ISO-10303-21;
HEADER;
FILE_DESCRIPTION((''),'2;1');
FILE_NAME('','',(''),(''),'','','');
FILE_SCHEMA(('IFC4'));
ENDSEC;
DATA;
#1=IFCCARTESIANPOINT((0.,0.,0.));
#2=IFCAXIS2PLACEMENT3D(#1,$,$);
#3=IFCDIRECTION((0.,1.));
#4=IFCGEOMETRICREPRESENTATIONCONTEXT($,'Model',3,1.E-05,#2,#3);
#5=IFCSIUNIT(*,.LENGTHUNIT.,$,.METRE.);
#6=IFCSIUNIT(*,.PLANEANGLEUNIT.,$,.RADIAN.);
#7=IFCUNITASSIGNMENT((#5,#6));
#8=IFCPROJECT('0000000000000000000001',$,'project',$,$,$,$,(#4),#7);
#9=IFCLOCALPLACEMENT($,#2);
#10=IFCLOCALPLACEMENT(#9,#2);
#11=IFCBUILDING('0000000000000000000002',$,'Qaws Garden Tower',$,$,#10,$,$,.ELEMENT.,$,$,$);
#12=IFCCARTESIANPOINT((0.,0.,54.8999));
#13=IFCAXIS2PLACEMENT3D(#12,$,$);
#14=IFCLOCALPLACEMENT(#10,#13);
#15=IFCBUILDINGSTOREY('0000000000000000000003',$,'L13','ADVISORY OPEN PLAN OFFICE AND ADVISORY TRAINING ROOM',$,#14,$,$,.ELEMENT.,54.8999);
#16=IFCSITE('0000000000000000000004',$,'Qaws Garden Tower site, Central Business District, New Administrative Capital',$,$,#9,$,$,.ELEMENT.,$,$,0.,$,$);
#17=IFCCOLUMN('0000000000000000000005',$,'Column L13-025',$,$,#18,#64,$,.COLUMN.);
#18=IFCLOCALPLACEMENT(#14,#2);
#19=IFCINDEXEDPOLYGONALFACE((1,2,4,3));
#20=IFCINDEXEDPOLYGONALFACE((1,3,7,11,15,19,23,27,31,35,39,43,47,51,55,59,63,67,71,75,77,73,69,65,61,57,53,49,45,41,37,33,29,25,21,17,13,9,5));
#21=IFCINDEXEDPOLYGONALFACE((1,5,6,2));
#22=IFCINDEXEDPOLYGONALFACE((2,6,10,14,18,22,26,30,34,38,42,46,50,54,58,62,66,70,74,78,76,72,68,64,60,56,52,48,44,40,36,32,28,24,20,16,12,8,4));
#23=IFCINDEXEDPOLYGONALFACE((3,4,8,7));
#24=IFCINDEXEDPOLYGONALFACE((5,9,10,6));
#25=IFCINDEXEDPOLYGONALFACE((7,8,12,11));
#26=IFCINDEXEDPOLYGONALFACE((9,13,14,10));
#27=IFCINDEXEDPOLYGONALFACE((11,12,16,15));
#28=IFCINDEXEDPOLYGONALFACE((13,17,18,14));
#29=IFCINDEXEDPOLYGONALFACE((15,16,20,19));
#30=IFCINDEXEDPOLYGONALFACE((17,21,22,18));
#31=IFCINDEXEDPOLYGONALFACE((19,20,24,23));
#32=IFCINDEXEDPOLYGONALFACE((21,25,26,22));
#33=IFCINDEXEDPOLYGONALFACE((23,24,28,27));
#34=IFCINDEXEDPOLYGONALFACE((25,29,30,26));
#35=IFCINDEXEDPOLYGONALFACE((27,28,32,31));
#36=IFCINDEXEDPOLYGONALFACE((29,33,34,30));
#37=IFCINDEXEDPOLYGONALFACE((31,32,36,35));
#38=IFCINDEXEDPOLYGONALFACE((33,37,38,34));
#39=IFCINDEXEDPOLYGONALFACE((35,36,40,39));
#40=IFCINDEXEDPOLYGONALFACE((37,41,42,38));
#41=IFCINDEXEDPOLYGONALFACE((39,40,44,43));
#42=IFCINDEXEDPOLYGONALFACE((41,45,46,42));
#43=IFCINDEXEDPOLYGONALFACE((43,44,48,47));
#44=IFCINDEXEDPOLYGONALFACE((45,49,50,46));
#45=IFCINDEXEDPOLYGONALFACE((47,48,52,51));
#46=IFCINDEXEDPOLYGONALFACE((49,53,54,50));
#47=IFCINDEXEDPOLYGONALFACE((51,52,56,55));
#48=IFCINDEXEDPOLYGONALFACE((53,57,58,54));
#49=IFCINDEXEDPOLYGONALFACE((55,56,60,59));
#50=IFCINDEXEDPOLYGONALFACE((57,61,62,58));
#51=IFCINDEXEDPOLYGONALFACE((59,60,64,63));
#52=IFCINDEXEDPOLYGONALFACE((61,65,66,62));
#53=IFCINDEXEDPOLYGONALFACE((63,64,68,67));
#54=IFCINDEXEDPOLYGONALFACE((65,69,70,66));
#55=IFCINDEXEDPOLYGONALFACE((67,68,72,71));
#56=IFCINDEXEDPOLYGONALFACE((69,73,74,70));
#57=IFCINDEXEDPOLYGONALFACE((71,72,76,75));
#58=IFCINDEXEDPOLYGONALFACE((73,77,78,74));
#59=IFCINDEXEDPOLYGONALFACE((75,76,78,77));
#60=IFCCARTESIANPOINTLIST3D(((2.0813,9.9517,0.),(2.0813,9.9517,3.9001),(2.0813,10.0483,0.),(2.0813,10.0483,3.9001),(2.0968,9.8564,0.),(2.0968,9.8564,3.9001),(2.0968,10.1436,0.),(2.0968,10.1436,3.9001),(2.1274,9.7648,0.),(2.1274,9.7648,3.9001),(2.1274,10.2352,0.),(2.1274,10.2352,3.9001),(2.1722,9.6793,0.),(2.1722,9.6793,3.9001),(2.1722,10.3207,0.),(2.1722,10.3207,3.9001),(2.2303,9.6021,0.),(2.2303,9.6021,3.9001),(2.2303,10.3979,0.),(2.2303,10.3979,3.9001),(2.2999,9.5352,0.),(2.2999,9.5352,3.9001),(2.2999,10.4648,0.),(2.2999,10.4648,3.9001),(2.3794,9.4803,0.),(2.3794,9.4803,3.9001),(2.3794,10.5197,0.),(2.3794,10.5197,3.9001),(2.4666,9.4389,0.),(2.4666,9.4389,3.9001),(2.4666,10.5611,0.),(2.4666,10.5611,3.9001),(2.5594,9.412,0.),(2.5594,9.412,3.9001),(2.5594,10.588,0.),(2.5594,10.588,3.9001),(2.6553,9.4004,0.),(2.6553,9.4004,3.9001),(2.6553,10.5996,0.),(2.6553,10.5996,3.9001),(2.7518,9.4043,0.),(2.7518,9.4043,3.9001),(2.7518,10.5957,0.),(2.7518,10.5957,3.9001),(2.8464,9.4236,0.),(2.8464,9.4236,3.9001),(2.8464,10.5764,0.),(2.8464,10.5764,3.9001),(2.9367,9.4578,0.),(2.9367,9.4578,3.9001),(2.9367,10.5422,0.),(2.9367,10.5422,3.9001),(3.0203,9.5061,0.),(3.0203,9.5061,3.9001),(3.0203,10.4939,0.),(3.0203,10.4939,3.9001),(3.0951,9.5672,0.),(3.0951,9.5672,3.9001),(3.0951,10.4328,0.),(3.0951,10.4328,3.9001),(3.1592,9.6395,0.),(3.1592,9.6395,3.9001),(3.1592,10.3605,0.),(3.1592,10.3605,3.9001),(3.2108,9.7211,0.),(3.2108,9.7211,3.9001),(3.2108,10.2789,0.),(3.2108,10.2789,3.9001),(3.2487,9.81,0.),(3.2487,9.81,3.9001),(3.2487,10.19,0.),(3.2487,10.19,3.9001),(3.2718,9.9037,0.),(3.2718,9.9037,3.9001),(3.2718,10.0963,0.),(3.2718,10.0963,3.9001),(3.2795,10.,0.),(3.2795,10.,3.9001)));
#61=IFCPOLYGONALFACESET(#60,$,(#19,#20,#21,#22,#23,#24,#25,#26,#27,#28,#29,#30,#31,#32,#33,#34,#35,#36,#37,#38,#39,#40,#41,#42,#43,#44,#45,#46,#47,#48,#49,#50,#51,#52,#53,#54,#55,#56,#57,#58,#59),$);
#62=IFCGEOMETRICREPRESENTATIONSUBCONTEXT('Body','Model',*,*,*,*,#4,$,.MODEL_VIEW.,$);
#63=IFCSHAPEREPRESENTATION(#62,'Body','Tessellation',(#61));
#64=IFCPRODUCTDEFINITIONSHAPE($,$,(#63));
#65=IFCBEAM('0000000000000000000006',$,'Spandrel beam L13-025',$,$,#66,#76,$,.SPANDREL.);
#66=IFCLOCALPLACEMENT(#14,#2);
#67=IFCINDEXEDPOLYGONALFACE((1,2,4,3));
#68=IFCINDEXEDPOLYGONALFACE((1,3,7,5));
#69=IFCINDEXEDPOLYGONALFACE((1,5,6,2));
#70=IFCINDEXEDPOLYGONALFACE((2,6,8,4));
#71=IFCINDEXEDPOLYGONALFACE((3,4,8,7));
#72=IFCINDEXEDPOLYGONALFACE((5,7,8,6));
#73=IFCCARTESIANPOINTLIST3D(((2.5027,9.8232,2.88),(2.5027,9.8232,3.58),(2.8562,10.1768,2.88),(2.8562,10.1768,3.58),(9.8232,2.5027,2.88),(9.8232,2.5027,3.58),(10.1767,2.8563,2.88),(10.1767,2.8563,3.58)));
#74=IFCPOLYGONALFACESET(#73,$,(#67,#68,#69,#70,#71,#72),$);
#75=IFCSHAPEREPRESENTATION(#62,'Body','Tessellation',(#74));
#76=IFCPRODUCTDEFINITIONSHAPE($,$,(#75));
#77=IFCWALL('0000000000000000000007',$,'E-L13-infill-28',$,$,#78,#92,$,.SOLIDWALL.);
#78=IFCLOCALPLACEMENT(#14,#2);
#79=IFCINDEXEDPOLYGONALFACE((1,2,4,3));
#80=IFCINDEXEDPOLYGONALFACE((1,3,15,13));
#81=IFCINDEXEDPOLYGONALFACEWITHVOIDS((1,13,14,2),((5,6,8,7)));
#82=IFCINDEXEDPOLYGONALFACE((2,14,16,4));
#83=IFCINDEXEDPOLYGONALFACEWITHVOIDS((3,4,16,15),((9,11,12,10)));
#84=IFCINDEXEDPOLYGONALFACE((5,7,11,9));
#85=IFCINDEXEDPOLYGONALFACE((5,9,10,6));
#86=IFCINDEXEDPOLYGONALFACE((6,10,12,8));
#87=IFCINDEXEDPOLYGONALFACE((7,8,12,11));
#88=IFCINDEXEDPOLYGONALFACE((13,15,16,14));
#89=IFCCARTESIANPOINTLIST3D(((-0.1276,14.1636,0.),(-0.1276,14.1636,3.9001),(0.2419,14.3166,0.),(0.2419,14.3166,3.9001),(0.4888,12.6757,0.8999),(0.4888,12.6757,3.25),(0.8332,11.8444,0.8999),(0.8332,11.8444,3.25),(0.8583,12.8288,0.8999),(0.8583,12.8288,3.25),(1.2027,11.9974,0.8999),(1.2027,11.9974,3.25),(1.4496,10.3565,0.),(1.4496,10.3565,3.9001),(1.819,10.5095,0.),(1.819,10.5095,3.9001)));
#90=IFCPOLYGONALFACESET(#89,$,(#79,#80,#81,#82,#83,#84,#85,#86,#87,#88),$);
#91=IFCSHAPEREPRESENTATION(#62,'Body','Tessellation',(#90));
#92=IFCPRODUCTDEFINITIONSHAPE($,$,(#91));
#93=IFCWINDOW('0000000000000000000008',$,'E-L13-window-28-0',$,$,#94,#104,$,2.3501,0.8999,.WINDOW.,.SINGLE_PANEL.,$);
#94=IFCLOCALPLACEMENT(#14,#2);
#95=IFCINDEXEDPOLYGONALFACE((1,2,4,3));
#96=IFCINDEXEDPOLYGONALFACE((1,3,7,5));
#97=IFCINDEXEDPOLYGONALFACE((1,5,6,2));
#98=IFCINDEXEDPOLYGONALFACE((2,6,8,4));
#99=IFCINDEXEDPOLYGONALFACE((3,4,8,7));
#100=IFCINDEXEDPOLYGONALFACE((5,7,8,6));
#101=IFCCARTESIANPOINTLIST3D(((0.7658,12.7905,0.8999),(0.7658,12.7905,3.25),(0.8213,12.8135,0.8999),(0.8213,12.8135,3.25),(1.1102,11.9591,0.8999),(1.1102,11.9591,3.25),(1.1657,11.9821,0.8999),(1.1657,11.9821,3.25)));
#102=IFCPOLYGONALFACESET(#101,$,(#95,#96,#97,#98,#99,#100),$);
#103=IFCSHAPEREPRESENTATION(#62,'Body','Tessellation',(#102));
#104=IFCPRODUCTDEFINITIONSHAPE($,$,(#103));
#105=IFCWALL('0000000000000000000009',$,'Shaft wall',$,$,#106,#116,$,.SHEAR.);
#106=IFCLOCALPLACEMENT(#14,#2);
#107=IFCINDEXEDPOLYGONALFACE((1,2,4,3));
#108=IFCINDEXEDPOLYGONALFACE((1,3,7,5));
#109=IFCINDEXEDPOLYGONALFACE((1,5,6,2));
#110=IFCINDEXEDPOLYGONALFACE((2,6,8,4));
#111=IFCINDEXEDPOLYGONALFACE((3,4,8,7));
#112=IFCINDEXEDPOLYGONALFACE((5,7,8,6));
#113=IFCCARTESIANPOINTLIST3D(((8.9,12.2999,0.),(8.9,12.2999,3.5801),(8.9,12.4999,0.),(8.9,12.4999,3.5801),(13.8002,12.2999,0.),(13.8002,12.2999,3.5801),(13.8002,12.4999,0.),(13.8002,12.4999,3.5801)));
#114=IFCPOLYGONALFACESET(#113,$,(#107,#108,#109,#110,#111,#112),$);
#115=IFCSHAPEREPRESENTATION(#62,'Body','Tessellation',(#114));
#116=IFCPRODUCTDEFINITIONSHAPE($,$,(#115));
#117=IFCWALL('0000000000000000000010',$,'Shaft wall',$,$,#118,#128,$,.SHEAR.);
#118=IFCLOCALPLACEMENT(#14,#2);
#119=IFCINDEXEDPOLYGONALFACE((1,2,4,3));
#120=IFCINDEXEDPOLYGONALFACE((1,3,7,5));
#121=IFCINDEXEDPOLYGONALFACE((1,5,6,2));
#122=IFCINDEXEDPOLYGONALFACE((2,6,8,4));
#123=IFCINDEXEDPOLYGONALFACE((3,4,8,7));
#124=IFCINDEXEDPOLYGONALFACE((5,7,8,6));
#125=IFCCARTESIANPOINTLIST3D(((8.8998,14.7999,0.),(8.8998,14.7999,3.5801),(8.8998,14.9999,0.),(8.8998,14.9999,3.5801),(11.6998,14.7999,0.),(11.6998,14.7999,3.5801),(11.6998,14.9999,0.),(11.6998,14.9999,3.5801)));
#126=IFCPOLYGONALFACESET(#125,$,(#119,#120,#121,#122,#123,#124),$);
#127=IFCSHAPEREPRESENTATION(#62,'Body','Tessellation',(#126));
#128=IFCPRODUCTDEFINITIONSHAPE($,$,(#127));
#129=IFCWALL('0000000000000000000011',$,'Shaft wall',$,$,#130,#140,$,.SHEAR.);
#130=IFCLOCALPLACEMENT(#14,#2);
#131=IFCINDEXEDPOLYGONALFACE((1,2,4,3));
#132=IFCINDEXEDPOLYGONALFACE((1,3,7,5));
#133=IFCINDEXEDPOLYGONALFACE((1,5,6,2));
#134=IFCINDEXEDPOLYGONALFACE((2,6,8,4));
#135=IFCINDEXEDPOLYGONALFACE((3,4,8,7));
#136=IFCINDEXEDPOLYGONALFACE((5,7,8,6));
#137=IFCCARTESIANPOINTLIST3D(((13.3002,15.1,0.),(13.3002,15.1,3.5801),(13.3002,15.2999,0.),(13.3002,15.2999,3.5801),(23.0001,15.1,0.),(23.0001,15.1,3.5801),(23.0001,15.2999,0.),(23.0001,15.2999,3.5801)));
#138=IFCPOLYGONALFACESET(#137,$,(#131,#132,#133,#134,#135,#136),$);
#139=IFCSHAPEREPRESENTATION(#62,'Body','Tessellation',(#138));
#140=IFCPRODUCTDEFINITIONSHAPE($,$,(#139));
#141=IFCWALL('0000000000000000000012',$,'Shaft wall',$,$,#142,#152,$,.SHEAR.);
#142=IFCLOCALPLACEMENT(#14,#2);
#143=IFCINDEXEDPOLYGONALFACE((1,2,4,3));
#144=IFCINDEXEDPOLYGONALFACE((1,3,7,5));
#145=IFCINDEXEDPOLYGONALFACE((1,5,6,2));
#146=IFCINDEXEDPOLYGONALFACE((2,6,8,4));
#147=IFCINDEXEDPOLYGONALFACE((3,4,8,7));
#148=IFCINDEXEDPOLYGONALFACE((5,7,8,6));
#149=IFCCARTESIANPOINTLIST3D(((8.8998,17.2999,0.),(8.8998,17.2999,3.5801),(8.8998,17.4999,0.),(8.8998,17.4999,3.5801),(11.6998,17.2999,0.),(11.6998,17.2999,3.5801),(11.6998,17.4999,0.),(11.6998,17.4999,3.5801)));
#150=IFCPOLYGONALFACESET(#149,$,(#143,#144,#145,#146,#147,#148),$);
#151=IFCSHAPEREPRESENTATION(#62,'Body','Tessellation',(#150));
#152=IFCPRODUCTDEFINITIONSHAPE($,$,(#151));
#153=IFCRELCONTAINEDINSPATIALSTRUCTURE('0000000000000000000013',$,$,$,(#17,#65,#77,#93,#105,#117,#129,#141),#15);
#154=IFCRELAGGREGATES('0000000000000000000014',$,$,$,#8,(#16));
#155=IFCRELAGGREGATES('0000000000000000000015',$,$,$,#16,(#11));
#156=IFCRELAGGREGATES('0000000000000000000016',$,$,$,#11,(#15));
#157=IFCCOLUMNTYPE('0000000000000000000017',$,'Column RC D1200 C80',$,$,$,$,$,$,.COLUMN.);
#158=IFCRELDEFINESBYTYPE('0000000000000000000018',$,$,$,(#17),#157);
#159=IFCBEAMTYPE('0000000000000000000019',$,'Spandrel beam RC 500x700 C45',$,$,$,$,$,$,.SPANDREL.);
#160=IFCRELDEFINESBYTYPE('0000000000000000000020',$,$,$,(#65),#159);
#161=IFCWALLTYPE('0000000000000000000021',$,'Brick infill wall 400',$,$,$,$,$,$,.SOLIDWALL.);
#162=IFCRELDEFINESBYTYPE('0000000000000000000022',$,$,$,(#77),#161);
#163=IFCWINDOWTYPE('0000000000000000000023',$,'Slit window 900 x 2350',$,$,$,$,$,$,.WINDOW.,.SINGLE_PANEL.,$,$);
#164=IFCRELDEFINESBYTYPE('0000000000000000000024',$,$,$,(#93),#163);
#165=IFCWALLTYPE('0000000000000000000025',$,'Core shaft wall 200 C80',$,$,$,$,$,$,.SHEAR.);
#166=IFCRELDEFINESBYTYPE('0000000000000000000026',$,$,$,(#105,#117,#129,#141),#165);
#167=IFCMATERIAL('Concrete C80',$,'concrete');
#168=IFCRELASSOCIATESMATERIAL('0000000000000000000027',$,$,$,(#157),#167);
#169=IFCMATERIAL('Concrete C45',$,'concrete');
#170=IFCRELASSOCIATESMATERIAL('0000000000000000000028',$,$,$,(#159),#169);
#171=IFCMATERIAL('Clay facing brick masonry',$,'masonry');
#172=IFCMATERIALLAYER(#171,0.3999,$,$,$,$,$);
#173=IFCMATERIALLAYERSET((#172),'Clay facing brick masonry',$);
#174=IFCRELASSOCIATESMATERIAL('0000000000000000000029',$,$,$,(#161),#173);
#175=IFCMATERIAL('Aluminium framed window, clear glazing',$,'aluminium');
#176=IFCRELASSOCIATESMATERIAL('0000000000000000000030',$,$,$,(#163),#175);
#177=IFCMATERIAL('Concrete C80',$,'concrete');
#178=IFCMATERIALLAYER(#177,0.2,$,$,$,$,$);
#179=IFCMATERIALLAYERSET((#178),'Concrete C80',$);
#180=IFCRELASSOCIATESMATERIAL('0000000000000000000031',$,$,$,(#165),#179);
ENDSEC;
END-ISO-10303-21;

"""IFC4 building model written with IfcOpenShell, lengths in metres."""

from ifc_helpers import new_model, si_unit, direction, frame, frame_2d, origin, origin_2d, place, context, subcontext, project, spatial, rectangle, circle, extrude, material, layer, layer_set, material_profile, profile_set, type_object, element, fill, save


model = new_model("IFC4")

# Units and contexts
model_context = context("Model", 3, precision=1e-05, world=origin(), true_north=direction((0.0, 1.0)))
body_context = subcontext(model_context, "Body", "Model", "MODEL_VIEW")
ifc_project = project(units=[si_unit("LENGTHUNIT", "METRE"), si_unit("PLANEANGLEUNIT", "RADIAN")], contexts=[model_context])

# Site, building, storey
site_placement = place(None, origin())
site = spatial("IfcSite", under=ifc_project, at=site_placement, Name="Qaws Garden Tower site, Central Business District, New Administrative Capital", CompositionType="ELEMENT", RefElevation=0.0)
building_placement = place(site_placement, origin())
building = spatial("IfcBuilding", under=site, at=building_placement, Name="Qaws Garden Tower", CompositionType="ELEMENT")
storey_placement = place(building_placement, frame((0.0, 0.0, 54.8999)))
storey = spatial("IfcBuildingStorey", under=building, at=storey_placement, Name="L13", Description="ADVISORY OPEN PLAN OFFICE AND ADVISORY TRAINING ROOM", CompositionType="ELEMENT", Elevation=54.8999)

# Column
ifc_material_1 = material(Name="Concrete C80", Category="concrete")
ifc_material_profile_1 = material_profile(ifc_material_1, circle(Radius=0.6001, at=origin_2d()), Name="RC D1200")
ifc_profile_set_1 = profile_set([ifc_material_profile_1], Name="Concrete C80")
column_type = type_object("IfcColumnType", Name="Column RC D1200 C80", PredefinedType="COLUMN", material=ifc_profile_set_1)
column_placement = place(storey_placement, frame((2.6794, 10.0, 0.0), z_axis=(0.0, 0.0, 1.0), x_axis=(1.0, 0.0, 0.0)))
element("IfcColumn", 1, at=column_placement, inside=storey, type_object=column_type, Name="Column L13-025", PredefinedType="COLUMN", context=body_context, shape_type="SweptSolid", body=[
    extrude(circle(Radius=0.6001, at=origin_2d()), origin(), (0.0, 0.0, 1.0), 3.9001),
])

# Beam
ifc_material_2 = material(Name="Concrete C45", Category="concrete")
ifc_material_profile_2 = material_profile(ifc_material_2, rectangle(XDim=0.5, YDim=0.7, at=origin_2d()), Name="RC 500x700")
ifc_profile_set_2 = profile_set([ifc_material_profile_2], Name="Concrete C45")
beam_type = type_object("IfcBeamType", Name="Spandrel beam RC 500x700 C45", PredefinedType="SPANDREL", material=ifc_profile_set_2)
beam_placement = place(storey_placement, frame((2.6794, 10.0, 3.23), z_axis=(0.707107, -0.707107, 0.0), x_axis=(0.707107, 0.707107, 0.0)))
element("IfcBeam", 2, at=beam_placement, inside=storey, type_object=beam_type, Name="Spandrel beam L13-025", PredefinedType="SPANDREL", context=body_context, shape_type="SweptSolid", body=[
    extrude(rectangle(XDim=0.5, YDim=0.7, at=origin_2d()), origin(), (0.0, 0.0, 1.0), 10.3528),
])

# Wall, opening, window
ifc_material_3 = material(Name="Clay facing brick masonry", Category="masonry")
ifc_layer_1 = layer(ifc_material_3, 0.3999)
ifc_layer_set_1 = layer_set([ifc_layer_1], Name="Clay facing brick masonry")
wall_type_1 = type_object("IfcWallType", Name="Brick infill wall 400", PredefinedType="SOLIDWALL", material=ifc_layer_set_1)
wall_1_placement = place(storey_placement, frame((0.0571, 14.2402, 0.0), z_axis=(0.0, 0.0, 1.0), x_axis=(0.382722, -0.923864, 0.0)))
wall_1 = element("IfcWall", 3, at=wall_1_placement, inside=storey, type_object=wall_type_1, Name="E-L13-infill-28", PredefinedType="SOLIDWALL", context=body_context, shape_type="SweptSolid", body=[
    extrude(rectangle(XDim=4.1208, YDim=0.3999, at=frame_2d((2.0605, 0.0))), origin(), (0.0, 0.0, 1.0), 3.9001),
])
opening_1_placement = place(wall_1_placement, frame((1.6106, 0.0, 0.8999)))
opening_1 = element("IfcOpeningElement", 4, at=opening_1_placement, cuts=wall_1, PredefinedType="OPENING", context=body_context, shape_type="SweptSolid", body=[
    extrude(rectangle(XDim=0.8999, YDim=2.3501, at=frame_2d((0.45, 1.175))), frame((0.0, 0.21, 0.0), z_axis=(0.0, -1.0, 0.0), x_axis=(1.0, 0.0, 0.0)), (0.0, 0.0, 1.0), 0.4199),
])
ifc_material_4 = material(Name="Aluminium framed window, clear glazing", Category="aluminium")
window_type = type_object("IfcWindowType", Name="Slit window 900 x 2350", PartitioningType="SINGLE_PANEL", PredefinedType="WINDOW", material=ifc_material_4)
window_placement = place(opening_1_placement, origin())
window = element("IfcWindow", 5, at=window_placement, inside=storey, type_object=window_type, Name="E-L13-window-28-0", OverallHeight=2.3501, OverallWidth=0.8999, PartitioningType="SINGLE_PANEL", PredefinedType="WINDOW", context=body_context, shape_type="SweptSolid", body=[
    extrude(rectangle(XDim=0.8999, YDim=2.3501, at=frame_2d((0.45, 1.175))), frame((0.0, 0.1599, 0.0), z_axis=(0.0, -1.0, 0.0), x_axis=(1.0, 0.0, 0.0)), (0.0, 0.0, 1.0), 0.0601),
])
fill(opening_1, window)

# Walls
ifc_material_5 = material(Name="Concrete C80", Category="concrete")
ifc_layer_2 = layer(ifc_material_5, 0.2)
ifc_layer_set_2 = layer_set([ifc_layer_2], Name="Concrete C80")
wall_type_2 = type_object("IfcWallType", Name="Core shaft wall 200 C80", PredefinedType="SHEAR", material=ifc_layer_set_2)
wall_2_placement = place(storey_placement, frame((8.8999, 12.3999, 0.0), z_axis=(0.0, 0.0, 1.0), x_axis=(1.0, 0.0, 0.0)))
element("IfcWall", 6, at=wall_2_placement, inside=storey, type_object=wall_type_2, Name="Shaft wall", PredefinedType="SHEAR", context=body_context, shape_type="SweptSolid", body=[
    extrude(rectangle(XDim=4.9001, YDim=0.2, at=frame_2d((2.4502, 0.0))), origin(), (0.0, 0.0, 1.0), 3.5801),
])
wall_3_placement = place(storey_placement, frame((8.8999, 14.8999, 0.0), z_axis=(0.0, 0.0, 1.0), x_axis=(1.0, 0.0, 0.0)))
element("IfcWall", 7, at=wall_3_placement, inside=storey, type_object=wall_type_2, Name="Shaft wall", PredefinedType="SHEAR", context=body_context, shape_type="SweptSolid", body=[
    extrude(rectangle(XDim=2.8, YDim=0.2, at=frame_2d((1.3999, 0.0))), origin(), (0.0, 0.0, 1.0), 3.5801),
])
wall_4_placement = place(storey_placement, frame((13.3, 15.2, 0.0), z_axis=(0.0, 0.0, 1.0), x_axis=(1.0, 0.0, 0.0)))
element("IfcWall", 8, at=wall_4_placement, inside=storey, type_object=wall_type_2, Name="Shaft wall", PredefinedType="SHEAR", context=body_context, shape_type="SweptSolid", body=[
    extrude(rectangle(XDim=9.7, YDim=0.2, at=frame_2d((4.8501, 0.0))), origin(), (0.0, 0.0, 1.0), 3.5801),
])
wall_5_placement = place(storey_placement, frame((8.8999, 17.3999, 0.0), z_axis=(0.0, 0.0, 1.0), x_axis=(1.0, 0.0, 0.0)))
element("IfcWall", 9, at=wall_5_placement, inside=storey, type_object=wall_type_2, Name="Shaft wall", PredefinedType="SHEAR", context=body_context, shape_type="SweptSolid", body=[
    extrude(rectangle(XDim=2.8, YDim=0.2, at=frame_2d((1.3999, 0.0))), origin(), (0.0, 0.0, 1.0), 3.5801),
])

save(model, "model.ifc")
